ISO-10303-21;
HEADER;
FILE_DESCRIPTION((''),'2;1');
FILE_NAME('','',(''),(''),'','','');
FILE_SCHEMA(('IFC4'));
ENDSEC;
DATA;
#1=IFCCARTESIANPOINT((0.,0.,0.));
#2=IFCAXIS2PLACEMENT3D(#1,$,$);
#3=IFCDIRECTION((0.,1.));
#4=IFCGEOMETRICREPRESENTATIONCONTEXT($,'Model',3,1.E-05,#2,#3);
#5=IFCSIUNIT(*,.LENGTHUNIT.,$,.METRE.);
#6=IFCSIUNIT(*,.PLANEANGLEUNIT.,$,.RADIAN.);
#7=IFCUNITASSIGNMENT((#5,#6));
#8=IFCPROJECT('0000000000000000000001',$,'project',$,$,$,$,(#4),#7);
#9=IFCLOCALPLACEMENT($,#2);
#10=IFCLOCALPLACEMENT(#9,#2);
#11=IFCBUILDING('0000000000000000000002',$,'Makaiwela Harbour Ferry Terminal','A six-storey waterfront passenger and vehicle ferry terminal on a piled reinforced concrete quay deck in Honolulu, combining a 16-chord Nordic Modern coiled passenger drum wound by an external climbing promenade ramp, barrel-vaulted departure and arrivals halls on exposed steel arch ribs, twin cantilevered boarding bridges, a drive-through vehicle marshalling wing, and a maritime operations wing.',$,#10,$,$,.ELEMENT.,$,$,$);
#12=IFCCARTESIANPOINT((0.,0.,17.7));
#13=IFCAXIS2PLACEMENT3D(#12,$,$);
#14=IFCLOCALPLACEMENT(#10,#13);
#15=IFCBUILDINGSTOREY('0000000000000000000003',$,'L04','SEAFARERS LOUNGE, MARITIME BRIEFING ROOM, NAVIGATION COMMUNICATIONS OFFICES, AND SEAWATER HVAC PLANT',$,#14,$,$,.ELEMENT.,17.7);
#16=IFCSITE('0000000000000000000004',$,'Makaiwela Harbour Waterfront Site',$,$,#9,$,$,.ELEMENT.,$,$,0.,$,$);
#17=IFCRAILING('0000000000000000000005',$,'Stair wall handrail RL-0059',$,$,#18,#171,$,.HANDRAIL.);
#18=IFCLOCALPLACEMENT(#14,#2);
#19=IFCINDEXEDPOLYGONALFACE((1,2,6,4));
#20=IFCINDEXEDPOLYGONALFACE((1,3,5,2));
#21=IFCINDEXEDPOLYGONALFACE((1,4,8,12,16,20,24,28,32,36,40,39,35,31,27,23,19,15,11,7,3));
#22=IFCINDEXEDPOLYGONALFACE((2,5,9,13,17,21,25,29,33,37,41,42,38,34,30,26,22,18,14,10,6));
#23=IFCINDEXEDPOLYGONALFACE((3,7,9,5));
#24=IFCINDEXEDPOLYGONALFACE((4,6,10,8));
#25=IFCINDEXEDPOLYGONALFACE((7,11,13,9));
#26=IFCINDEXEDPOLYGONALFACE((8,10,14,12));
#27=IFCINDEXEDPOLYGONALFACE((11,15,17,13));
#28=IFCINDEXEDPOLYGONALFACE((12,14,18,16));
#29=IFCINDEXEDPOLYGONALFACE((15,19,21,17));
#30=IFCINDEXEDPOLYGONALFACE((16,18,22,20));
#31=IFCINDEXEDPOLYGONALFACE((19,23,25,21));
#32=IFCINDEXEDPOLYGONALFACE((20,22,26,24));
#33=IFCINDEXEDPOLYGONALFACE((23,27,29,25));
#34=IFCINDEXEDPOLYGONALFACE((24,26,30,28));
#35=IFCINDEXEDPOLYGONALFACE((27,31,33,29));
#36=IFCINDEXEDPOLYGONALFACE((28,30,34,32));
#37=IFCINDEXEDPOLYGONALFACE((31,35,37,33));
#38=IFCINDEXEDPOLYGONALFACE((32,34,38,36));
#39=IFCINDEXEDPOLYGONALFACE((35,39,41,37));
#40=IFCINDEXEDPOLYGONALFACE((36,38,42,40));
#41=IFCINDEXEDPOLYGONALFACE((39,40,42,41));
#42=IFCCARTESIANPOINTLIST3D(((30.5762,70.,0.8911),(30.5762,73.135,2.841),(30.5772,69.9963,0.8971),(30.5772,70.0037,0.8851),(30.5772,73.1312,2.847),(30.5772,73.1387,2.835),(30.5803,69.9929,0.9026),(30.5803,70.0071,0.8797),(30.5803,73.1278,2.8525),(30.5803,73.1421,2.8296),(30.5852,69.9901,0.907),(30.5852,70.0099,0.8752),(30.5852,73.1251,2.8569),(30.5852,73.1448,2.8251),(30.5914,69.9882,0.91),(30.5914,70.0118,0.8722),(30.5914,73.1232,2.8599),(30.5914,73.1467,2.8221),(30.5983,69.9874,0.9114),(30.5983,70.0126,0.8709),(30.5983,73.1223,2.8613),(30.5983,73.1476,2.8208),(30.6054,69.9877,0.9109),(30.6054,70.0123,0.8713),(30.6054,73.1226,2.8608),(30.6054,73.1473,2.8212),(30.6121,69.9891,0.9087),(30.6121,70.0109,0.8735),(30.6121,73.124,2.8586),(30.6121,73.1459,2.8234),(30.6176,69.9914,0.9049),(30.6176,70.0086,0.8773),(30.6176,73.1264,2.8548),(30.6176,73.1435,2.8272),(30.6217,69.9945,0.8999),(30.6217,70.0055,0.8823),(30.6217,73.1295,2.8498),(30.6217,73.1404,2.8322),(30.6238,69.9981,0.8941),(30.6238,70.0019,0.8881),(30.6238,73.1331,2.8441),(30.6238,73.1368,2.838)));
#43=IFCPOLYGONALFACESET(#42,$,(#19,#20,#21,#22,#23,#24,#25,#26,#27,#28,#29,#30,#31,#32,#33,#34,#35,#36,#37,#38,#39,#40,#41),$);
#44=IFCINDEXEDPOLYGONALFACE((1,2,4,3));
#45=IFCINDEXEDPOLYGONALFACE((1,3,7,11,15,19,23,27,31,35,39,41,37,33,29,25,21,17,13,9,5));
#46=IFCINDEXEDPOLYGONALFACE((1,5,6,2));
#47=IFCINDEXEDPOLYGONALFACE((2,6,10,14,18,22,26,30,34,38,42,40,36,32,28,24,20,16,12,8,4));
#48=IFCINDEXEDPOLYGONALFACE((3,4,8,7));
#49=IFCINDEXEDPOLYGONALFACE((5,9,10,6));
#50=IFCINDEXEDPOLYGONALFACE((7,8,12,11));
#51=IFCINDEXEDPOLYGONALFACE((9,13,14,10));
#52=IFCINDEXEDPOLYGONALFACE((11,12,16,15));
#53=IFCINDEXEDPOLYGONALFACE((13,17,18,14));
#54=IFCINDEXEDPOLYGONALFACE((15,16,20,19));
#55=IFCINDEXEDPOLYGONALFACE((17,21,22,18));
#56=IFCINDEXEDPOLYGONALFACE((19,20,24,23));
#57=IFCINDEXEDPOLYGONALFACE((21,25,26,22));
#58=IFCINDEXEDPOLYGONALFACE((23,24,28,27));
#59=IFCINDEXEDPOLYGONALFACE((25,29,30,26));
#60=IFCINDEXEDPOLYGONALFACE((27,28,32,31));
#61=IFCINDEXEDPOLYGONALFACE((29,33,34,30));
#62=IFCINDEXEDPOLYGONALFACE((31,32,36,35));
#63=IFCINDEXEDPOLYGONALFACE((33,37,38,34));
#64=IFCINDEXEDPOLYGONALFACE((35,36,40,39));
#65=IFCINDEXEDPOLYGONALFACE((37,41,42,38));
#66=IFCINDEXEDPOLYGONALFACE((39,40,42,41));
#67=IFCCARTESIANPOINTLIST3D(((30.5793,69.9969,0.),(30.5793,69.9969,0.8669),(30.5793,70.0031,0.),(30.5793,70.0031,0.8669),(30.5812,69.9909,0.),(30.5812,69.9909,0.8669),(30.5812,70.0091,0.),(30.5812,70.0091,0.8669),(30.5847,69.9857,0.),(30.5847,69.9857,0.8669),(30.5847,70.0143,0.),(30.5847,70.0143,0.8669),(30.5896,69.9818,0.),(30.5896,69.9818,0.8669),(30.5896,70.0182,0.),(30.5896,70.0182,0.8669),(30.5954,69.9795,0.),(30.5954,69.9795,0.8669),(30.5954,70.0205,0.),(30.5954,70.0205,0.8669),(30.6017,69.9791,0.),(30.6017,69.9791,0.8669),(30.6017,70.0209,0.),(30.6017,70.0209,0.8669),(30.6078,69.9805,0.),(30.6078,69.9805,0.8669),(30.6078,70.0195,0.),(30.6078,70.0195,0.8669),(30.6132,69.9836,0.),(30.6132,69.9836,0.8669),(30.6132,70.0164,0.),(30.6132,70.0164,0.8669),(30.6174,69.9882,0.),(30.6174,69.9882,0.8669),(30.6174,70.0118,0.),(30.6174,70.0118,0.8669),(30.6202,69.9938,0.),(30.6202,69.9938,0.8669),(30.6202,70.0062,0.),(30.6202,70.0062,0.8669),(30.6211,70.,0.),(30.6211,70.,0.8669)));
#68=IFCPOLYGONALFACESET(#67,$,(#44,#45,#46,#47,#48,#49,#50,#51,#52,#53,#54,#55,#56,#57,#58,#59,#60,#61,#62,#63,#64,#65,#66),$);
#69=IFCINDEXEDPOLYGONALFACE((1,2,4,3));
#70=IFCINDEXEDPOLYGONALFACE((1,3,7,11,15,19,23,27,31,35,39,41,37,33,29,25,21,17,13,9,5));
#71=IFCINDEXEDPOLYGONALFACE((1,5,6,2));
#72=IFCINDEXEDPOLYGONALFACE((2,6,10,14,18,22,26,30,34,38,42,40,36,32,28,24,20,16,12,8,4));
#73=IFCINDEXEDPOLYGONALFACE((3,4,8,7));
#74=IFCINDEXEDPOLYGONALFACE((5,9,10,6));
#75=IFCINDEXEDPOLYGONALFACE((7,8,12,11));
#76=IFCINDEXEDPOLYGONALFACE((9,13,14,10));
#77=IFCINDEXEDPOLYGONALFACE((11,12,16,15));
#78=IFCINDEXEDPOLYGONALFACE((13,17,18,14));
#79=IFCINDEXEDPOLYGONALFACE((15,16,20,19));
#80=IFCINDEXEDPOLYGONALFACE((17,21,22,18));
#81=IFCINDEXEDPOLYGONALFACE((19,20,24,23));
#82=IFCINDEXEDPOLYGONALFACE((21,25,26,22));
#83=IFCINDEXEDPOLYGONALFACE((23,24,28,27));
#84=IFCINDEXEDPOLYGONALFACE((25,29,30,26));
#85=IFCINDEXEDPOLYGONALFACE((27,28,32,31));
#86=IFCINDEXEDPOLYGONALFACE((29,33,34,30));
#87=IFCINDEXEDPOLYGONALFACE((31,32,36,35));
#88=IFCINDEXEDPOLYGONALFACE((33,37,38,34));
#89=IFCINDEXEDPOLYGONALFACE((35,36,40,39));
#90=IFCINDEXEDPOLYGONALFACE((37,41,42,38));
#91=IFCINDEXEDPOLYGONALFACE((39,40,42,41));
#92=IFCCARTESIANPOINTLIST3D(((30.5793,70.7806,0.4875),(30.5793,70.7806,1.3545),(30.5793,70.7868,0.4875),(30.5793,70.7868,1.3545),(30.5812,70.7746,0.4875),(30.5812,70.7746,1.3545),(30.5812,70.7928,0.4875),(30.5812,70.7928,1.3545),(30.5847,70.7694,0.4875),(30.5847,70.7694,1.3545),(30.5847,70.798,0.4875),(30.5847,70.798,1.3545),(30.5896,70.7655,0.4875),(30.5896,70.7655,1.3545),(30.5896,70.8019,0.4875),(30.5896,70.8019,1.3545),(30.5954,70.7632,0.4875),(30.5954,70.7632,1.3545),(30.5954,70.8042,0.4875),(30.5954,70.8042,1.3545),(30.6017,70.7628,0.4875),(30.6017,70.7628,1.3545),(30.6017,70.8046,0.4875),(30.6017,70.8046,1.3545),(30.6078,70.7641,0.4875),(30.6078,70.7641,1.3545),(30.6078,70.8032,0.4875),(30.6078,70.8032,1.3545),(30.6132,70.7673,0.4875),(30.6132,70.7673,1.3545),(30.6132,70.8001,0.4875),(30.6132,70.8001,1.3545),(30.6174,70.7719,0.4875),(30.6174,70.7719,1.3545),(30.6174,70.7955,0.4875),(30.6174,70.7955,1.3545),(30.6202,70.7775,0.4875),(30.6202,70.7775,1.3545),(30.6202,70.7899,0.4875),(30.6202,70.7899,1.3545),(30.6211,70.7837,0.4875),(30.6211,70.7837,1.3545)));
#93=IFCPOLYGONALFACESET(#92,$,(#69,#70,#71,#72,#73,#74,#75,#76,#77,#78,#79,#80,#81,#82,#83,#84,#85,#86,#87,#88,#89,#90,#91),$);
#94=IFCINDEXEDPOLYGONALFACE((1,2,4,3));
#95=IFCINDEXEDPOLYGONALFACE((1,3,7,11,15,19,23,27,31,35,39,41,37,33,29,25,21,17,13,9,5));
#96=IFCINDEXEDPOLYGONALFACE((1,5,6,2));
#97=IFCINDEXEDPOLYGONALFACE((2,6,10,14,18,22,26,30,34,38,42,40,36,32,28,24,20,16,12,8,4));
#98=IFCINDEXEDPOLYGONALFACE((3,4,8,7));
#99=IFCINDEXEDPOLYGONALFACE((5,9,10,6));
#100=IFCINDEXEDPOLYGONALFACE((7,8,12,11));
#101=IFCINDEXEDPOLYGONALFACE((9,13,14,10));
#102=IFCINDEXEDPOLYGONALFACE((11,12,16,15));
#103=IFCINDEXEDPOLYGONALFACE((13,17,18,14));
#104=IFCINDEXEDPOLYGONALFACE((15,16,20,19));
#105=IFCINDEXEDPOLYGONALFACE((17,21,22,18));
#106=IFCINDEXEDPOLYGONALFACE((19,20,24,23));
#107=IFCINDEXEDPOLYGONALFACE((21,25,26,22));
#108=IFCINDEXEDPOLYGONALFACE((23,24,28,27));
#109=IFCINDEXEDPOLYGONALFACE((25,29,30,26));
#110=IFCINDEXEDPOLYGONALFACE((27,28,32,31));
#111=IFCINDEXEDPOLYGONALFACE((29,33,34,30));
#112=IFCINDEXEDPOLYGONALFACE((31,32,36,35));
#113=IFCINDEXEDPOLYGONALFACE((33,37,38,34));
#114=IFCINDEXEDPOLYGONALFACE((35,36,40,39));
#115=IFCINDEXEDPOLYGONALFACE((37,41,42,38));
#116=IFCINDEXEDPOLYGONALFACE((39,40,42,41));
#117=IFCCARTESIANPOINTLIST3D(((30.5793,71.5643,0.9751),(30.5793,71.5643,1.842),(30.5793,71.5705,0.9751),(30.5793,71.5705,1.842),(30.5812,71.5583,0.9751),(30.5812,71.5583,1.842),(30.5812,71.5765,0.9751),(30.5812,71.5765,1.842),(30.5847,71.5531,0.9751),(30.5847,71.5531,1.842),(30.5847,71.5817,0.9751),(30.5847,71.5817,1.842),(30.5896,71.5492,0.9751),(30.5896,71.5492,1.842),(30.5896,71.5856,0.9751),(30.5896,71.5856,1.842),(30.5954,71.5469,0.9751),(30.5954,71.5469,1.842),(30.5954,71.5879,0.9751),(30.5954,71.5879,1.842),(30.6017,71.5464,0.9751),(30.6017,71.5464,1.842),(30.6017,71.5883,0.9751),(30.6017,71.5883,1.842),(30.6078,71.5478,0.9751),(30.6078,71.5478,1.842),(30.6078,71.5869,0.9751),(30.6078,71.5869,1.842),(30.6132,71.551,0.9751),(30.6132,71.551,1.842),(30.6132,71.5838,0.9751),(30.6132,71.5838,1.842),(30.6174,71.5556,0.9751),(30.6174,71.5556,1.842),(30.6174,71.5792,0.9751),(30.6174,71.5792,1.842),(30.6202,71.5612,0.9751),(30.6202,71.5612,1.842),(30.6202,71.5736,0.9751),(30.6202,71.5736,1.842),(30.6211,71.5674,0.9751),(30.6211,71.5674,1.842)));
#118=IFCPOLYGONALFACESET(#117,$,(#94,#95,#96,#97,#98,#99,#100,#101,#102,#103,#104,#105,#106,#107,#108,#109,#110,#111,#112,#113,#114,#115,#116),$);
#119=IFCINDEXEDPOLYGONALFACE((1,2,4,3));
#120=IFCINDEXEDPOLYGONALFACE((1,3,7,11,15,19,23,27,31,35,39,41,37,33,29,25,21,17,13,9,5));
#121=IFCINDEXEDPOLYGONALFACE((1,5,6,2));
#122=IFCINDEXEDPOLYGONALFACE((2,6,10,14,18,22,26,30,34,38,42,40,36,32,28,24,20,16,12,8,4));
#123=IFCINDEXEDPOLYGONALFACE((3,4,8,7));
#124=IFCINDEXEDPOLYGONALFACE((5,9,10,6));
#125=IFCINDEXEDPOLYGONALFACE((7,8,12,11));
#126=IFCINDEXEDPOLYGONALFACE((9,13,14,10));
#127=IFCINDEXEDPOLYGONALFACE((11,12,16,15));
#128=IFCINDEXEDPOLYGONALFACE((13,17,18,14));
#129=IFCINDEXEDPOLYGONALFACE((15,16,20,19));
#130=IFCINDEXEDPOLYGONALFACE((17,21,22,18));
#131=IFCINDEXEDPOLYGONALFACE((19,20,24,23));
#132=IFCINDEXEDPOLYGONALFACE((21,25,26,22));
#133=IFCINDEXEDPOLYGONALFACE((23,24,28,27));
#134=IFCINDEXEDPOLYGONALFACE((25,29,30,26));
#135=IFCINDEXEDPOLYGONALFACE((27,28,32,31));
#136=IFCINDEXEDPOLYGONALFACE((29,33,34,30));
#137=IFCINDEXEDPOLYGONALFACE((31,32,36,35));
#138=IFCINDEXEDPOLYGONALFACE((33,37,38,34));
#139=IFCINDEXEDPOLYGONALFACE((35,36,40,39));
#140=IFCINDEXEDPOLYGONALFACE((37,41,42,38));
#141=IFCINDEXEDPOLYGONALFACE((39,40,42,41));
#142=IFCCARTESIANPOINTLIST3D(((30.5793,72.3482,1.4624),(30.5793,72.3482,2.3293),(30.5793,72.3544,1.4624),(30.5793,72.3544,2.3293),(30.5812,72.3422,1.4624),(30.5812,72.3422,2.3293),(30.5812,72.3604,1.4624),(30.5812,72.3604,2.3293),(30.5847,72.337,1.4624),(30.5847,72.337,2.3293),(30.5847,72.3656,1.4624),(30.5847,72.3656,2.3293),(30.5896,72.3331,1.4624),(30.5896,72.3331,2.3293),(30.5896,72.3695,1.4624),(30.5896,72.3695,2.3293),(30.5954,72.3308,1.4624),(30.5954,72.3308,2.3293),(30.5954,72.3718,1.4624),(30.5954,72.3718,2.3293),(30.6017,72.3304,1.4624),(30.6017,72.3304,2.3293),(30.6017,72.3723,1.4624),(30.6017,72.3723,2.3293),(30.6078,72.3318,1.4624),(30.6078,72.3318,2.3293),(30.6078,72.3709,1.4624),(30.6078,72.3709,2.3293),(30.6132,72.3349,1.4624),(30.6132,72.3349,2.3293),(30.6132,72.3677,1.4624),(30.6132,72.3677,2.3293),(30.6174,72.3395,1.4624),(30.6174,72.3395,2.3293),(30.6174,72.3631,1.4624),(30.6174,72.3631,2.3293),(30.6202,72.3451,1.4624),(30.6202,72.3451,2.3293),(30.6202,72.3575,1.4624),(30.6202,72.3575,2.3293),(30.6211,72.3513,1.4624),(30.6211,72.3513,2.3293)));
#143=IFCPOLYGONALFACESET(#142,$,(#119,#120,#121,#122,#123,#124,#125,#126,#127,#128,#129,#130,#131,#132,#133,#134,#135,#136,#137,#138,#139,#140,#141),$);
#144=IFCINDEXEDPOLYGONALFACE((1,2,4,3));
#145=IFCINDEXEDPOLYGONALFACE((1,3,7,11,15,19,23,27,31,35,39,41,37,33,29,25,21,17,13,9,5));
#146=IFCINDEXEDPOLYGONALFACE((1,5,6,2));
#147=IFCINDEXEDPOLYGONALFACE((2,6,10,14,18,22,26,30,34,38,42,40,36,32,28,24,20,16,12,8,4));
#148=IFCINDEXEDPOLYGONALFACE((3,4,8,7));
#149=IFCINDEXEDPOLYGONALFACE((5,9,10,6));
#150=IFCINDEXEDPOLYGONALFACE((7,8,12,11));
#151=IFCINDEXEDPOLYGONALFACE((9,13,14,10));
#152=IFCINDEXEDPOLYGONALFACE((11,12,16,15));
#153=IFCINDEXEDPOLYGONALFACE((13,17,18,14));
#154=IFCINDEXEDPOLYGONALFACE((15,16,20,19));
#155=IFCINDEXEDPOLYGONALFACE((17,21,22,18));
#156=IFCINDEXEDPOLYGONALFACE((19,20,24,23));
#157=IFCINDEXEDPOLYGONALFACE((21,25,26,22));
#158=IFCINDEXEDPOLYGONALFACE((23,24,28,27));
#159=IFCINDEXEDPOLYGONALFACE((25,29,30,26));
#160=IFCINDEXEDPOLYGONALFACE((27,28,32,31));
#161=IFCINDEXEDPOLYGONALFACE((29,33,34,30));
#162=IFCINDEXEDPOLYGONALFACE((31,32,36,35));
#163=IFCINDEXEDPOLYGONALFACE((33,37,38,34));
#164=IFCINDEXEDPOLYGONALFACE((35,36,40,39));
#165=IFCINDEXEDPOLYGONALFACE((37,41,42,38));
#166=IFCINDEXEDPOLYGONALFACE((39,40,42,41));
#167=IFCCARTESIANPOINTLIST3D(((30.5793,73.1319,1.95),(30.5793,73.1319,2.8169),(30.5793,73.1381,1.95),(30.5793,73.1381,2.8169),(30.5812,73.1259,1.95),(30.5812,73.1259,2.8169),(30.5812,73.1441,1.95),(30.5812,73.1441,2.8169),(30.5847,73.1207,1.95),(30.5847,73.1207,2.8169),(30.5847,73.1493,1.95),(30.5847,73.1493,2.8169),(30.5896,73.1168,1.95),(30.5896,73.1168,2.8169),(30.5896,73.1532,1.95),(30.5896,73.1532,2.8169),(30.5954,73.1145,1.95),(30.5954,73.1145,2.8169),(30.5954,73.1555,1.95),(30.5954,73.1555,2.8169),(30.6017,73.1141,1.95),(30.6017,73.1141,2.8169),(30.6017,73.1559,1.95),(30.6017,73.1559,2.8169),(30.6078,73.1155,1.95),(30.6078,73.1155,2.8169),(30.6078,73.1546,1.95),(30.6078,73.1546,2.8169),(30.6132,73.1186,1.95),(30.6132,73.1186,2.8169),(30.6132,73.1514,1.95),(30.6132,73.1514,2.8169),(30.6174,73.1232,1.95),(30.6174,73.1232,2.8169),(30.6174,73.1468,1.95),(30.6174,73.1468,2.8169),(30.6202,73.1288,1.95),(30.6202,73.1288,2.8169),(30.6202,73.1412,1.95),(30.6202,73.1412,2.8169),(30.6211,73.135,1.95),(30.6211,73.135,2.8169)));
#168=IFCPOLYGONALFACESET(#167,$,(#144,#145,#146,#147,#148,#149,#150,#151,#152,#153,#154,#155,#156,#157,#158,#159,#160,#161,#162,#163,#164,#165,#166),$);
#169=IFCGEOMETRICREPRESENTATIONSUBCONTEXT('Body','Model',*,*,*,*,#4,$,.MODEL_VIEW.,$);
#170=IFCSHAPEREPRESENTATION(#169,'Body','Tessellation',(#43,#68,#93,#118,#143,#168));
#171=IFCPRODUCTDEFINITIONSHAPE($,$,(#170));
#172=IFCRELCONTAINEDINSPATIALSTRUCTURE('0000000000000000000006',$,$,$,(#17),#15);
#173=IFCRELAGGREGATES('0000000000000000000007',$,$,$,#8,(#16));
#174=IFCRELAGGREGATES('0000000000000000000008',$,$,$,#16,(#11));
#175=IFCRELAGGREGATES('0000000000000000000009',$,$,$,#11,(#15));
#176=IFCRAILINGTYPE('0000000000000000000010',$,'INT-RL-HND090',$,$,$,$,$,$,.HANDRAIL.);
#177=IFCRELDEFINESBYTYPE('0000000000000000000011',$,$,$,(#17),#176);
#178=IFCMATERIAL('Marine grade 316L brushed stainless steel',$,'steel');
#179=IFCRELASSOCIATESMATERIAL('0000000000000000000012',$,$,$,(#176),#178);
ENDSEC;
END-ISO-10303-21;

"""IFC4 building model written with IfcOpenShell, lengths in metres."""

from ifc_helpers import new_model, si_unit, direction, frame, origin, origin_2d, place, context, subcontext, project, spatial, circle, extrude, material, type_object, element, save


model = new_model("IFC4")

# Units and contexts
model_context = context("Model", 3, precision=1e-05, world=origin(), true_north=direction((0.0, 1.0)))
body_context = subcontext(model_context, "Body", "Model", "MODEL_VIEW")
ifc_project = project(units=[si_unit("LENGTHUNIT", "METRE"), si_unit("PLANEANGLEUNIT", "RADIAN")], contexts=[model_context])

# Site, building, storey
site_placement = place(None, origin())
site = spatial("IfcSite", under=ifc_project, at=site_placement, Name="Makaiwela Harbour Waterfront Site", CompositionType="ELEMENT", RefElevation=0.0)
building_placement = place(site_placement, origin())
building = spatial("IfcBuilding", under=site, at=building_placement, Name="Makaiwela Harbour Ferry Terminal", Description="A six-storey waterfront passenger and vehicle ferry terminal on a piled reinforced concrete quay deck in Honolulu, combining a 16-chord Nordic Modern coiled passenger drum wound by an external climbing promenade ramp, barrel-vaulted departure and arrivals halls on exposed steel arch ribs, twin cantilevered boarding bridges, a drive-through vehicle marshalling wing, and a maritime operations wing.", CompositionType="ELEMENT")
storey_placement = place(building_placement, frame((0.0, 0.0, 17.7)))
storey = spatial("IfcBuildingStorey", under=building, at=storey_placement, Name="L04", Description="SEAFARERS LOUNGE, MARITIME BRIEFING ROOM, NAVIGATION COMMUNICATIONS OFFICES, AND SEAWATER HVAC PLANT", CompositionType="ELEMENT", Elevation=17.7)

# Shared definitions
ifc_material_1 = material(Name="Marine grade 316L brushed stainless steel", Category="steel")

# Railing
railing_type_1 = type_object("IfcRailingType", Name="INT-RL-HND090", PredefinedType="HANDRAIL", material=ifc_material_1)
for number, where, name in (
    (1, (30.6001, 70.0, 0.0), "Stair wall handrail RL-0059"),
):
    element("IfcRailing", number, at=place(storey_placement, frame(where)), inside=storey, type_object=railing_type_1, Name=name, PredefinedType="HANDRAIL", context=body_context, shape_type="SweptSolid", body=[
        extrude(circle(Radius=0.0239, at=origin_2d()), frame((0.0, 0.0, 0.8911), z_axis=(0.0, 0.849144, 0.528161), x_axis=(-1.0, 0.0, 0.0)), (0.0, 0.0, 1.0), 3.6919),
        extrude(circle(Radius=0.021, at=origin_2d()), origin(), (0.0, 0.0, 1.0), 0.8669),
        extrude(circle(Radius=0.021, at=origin_2d()), frame((0.0, 0.7837, 0.4875)), (0.0, 0.0, 1.0), 0.8669),
        extrude(circle(Radius=0.021, at=origin_2d()), frame((0.0, 1.5674, 0.9751)), (0.0, 0.0, 1.0), 0.8669),
        extrude(circle(Radius=0.021, at=origin_2d()), frame((0.0, 2.3513, 1.4624)), (0.0, 0.0, 1.0), 0.8669),
        extrude(circle(Radius=0.021, at=origin_2d()), frame((0.0, 3.135, 1.95)), (0.0, 0.0, 1.0), 0.8669),
    ])

save(model, "model.ifc")
